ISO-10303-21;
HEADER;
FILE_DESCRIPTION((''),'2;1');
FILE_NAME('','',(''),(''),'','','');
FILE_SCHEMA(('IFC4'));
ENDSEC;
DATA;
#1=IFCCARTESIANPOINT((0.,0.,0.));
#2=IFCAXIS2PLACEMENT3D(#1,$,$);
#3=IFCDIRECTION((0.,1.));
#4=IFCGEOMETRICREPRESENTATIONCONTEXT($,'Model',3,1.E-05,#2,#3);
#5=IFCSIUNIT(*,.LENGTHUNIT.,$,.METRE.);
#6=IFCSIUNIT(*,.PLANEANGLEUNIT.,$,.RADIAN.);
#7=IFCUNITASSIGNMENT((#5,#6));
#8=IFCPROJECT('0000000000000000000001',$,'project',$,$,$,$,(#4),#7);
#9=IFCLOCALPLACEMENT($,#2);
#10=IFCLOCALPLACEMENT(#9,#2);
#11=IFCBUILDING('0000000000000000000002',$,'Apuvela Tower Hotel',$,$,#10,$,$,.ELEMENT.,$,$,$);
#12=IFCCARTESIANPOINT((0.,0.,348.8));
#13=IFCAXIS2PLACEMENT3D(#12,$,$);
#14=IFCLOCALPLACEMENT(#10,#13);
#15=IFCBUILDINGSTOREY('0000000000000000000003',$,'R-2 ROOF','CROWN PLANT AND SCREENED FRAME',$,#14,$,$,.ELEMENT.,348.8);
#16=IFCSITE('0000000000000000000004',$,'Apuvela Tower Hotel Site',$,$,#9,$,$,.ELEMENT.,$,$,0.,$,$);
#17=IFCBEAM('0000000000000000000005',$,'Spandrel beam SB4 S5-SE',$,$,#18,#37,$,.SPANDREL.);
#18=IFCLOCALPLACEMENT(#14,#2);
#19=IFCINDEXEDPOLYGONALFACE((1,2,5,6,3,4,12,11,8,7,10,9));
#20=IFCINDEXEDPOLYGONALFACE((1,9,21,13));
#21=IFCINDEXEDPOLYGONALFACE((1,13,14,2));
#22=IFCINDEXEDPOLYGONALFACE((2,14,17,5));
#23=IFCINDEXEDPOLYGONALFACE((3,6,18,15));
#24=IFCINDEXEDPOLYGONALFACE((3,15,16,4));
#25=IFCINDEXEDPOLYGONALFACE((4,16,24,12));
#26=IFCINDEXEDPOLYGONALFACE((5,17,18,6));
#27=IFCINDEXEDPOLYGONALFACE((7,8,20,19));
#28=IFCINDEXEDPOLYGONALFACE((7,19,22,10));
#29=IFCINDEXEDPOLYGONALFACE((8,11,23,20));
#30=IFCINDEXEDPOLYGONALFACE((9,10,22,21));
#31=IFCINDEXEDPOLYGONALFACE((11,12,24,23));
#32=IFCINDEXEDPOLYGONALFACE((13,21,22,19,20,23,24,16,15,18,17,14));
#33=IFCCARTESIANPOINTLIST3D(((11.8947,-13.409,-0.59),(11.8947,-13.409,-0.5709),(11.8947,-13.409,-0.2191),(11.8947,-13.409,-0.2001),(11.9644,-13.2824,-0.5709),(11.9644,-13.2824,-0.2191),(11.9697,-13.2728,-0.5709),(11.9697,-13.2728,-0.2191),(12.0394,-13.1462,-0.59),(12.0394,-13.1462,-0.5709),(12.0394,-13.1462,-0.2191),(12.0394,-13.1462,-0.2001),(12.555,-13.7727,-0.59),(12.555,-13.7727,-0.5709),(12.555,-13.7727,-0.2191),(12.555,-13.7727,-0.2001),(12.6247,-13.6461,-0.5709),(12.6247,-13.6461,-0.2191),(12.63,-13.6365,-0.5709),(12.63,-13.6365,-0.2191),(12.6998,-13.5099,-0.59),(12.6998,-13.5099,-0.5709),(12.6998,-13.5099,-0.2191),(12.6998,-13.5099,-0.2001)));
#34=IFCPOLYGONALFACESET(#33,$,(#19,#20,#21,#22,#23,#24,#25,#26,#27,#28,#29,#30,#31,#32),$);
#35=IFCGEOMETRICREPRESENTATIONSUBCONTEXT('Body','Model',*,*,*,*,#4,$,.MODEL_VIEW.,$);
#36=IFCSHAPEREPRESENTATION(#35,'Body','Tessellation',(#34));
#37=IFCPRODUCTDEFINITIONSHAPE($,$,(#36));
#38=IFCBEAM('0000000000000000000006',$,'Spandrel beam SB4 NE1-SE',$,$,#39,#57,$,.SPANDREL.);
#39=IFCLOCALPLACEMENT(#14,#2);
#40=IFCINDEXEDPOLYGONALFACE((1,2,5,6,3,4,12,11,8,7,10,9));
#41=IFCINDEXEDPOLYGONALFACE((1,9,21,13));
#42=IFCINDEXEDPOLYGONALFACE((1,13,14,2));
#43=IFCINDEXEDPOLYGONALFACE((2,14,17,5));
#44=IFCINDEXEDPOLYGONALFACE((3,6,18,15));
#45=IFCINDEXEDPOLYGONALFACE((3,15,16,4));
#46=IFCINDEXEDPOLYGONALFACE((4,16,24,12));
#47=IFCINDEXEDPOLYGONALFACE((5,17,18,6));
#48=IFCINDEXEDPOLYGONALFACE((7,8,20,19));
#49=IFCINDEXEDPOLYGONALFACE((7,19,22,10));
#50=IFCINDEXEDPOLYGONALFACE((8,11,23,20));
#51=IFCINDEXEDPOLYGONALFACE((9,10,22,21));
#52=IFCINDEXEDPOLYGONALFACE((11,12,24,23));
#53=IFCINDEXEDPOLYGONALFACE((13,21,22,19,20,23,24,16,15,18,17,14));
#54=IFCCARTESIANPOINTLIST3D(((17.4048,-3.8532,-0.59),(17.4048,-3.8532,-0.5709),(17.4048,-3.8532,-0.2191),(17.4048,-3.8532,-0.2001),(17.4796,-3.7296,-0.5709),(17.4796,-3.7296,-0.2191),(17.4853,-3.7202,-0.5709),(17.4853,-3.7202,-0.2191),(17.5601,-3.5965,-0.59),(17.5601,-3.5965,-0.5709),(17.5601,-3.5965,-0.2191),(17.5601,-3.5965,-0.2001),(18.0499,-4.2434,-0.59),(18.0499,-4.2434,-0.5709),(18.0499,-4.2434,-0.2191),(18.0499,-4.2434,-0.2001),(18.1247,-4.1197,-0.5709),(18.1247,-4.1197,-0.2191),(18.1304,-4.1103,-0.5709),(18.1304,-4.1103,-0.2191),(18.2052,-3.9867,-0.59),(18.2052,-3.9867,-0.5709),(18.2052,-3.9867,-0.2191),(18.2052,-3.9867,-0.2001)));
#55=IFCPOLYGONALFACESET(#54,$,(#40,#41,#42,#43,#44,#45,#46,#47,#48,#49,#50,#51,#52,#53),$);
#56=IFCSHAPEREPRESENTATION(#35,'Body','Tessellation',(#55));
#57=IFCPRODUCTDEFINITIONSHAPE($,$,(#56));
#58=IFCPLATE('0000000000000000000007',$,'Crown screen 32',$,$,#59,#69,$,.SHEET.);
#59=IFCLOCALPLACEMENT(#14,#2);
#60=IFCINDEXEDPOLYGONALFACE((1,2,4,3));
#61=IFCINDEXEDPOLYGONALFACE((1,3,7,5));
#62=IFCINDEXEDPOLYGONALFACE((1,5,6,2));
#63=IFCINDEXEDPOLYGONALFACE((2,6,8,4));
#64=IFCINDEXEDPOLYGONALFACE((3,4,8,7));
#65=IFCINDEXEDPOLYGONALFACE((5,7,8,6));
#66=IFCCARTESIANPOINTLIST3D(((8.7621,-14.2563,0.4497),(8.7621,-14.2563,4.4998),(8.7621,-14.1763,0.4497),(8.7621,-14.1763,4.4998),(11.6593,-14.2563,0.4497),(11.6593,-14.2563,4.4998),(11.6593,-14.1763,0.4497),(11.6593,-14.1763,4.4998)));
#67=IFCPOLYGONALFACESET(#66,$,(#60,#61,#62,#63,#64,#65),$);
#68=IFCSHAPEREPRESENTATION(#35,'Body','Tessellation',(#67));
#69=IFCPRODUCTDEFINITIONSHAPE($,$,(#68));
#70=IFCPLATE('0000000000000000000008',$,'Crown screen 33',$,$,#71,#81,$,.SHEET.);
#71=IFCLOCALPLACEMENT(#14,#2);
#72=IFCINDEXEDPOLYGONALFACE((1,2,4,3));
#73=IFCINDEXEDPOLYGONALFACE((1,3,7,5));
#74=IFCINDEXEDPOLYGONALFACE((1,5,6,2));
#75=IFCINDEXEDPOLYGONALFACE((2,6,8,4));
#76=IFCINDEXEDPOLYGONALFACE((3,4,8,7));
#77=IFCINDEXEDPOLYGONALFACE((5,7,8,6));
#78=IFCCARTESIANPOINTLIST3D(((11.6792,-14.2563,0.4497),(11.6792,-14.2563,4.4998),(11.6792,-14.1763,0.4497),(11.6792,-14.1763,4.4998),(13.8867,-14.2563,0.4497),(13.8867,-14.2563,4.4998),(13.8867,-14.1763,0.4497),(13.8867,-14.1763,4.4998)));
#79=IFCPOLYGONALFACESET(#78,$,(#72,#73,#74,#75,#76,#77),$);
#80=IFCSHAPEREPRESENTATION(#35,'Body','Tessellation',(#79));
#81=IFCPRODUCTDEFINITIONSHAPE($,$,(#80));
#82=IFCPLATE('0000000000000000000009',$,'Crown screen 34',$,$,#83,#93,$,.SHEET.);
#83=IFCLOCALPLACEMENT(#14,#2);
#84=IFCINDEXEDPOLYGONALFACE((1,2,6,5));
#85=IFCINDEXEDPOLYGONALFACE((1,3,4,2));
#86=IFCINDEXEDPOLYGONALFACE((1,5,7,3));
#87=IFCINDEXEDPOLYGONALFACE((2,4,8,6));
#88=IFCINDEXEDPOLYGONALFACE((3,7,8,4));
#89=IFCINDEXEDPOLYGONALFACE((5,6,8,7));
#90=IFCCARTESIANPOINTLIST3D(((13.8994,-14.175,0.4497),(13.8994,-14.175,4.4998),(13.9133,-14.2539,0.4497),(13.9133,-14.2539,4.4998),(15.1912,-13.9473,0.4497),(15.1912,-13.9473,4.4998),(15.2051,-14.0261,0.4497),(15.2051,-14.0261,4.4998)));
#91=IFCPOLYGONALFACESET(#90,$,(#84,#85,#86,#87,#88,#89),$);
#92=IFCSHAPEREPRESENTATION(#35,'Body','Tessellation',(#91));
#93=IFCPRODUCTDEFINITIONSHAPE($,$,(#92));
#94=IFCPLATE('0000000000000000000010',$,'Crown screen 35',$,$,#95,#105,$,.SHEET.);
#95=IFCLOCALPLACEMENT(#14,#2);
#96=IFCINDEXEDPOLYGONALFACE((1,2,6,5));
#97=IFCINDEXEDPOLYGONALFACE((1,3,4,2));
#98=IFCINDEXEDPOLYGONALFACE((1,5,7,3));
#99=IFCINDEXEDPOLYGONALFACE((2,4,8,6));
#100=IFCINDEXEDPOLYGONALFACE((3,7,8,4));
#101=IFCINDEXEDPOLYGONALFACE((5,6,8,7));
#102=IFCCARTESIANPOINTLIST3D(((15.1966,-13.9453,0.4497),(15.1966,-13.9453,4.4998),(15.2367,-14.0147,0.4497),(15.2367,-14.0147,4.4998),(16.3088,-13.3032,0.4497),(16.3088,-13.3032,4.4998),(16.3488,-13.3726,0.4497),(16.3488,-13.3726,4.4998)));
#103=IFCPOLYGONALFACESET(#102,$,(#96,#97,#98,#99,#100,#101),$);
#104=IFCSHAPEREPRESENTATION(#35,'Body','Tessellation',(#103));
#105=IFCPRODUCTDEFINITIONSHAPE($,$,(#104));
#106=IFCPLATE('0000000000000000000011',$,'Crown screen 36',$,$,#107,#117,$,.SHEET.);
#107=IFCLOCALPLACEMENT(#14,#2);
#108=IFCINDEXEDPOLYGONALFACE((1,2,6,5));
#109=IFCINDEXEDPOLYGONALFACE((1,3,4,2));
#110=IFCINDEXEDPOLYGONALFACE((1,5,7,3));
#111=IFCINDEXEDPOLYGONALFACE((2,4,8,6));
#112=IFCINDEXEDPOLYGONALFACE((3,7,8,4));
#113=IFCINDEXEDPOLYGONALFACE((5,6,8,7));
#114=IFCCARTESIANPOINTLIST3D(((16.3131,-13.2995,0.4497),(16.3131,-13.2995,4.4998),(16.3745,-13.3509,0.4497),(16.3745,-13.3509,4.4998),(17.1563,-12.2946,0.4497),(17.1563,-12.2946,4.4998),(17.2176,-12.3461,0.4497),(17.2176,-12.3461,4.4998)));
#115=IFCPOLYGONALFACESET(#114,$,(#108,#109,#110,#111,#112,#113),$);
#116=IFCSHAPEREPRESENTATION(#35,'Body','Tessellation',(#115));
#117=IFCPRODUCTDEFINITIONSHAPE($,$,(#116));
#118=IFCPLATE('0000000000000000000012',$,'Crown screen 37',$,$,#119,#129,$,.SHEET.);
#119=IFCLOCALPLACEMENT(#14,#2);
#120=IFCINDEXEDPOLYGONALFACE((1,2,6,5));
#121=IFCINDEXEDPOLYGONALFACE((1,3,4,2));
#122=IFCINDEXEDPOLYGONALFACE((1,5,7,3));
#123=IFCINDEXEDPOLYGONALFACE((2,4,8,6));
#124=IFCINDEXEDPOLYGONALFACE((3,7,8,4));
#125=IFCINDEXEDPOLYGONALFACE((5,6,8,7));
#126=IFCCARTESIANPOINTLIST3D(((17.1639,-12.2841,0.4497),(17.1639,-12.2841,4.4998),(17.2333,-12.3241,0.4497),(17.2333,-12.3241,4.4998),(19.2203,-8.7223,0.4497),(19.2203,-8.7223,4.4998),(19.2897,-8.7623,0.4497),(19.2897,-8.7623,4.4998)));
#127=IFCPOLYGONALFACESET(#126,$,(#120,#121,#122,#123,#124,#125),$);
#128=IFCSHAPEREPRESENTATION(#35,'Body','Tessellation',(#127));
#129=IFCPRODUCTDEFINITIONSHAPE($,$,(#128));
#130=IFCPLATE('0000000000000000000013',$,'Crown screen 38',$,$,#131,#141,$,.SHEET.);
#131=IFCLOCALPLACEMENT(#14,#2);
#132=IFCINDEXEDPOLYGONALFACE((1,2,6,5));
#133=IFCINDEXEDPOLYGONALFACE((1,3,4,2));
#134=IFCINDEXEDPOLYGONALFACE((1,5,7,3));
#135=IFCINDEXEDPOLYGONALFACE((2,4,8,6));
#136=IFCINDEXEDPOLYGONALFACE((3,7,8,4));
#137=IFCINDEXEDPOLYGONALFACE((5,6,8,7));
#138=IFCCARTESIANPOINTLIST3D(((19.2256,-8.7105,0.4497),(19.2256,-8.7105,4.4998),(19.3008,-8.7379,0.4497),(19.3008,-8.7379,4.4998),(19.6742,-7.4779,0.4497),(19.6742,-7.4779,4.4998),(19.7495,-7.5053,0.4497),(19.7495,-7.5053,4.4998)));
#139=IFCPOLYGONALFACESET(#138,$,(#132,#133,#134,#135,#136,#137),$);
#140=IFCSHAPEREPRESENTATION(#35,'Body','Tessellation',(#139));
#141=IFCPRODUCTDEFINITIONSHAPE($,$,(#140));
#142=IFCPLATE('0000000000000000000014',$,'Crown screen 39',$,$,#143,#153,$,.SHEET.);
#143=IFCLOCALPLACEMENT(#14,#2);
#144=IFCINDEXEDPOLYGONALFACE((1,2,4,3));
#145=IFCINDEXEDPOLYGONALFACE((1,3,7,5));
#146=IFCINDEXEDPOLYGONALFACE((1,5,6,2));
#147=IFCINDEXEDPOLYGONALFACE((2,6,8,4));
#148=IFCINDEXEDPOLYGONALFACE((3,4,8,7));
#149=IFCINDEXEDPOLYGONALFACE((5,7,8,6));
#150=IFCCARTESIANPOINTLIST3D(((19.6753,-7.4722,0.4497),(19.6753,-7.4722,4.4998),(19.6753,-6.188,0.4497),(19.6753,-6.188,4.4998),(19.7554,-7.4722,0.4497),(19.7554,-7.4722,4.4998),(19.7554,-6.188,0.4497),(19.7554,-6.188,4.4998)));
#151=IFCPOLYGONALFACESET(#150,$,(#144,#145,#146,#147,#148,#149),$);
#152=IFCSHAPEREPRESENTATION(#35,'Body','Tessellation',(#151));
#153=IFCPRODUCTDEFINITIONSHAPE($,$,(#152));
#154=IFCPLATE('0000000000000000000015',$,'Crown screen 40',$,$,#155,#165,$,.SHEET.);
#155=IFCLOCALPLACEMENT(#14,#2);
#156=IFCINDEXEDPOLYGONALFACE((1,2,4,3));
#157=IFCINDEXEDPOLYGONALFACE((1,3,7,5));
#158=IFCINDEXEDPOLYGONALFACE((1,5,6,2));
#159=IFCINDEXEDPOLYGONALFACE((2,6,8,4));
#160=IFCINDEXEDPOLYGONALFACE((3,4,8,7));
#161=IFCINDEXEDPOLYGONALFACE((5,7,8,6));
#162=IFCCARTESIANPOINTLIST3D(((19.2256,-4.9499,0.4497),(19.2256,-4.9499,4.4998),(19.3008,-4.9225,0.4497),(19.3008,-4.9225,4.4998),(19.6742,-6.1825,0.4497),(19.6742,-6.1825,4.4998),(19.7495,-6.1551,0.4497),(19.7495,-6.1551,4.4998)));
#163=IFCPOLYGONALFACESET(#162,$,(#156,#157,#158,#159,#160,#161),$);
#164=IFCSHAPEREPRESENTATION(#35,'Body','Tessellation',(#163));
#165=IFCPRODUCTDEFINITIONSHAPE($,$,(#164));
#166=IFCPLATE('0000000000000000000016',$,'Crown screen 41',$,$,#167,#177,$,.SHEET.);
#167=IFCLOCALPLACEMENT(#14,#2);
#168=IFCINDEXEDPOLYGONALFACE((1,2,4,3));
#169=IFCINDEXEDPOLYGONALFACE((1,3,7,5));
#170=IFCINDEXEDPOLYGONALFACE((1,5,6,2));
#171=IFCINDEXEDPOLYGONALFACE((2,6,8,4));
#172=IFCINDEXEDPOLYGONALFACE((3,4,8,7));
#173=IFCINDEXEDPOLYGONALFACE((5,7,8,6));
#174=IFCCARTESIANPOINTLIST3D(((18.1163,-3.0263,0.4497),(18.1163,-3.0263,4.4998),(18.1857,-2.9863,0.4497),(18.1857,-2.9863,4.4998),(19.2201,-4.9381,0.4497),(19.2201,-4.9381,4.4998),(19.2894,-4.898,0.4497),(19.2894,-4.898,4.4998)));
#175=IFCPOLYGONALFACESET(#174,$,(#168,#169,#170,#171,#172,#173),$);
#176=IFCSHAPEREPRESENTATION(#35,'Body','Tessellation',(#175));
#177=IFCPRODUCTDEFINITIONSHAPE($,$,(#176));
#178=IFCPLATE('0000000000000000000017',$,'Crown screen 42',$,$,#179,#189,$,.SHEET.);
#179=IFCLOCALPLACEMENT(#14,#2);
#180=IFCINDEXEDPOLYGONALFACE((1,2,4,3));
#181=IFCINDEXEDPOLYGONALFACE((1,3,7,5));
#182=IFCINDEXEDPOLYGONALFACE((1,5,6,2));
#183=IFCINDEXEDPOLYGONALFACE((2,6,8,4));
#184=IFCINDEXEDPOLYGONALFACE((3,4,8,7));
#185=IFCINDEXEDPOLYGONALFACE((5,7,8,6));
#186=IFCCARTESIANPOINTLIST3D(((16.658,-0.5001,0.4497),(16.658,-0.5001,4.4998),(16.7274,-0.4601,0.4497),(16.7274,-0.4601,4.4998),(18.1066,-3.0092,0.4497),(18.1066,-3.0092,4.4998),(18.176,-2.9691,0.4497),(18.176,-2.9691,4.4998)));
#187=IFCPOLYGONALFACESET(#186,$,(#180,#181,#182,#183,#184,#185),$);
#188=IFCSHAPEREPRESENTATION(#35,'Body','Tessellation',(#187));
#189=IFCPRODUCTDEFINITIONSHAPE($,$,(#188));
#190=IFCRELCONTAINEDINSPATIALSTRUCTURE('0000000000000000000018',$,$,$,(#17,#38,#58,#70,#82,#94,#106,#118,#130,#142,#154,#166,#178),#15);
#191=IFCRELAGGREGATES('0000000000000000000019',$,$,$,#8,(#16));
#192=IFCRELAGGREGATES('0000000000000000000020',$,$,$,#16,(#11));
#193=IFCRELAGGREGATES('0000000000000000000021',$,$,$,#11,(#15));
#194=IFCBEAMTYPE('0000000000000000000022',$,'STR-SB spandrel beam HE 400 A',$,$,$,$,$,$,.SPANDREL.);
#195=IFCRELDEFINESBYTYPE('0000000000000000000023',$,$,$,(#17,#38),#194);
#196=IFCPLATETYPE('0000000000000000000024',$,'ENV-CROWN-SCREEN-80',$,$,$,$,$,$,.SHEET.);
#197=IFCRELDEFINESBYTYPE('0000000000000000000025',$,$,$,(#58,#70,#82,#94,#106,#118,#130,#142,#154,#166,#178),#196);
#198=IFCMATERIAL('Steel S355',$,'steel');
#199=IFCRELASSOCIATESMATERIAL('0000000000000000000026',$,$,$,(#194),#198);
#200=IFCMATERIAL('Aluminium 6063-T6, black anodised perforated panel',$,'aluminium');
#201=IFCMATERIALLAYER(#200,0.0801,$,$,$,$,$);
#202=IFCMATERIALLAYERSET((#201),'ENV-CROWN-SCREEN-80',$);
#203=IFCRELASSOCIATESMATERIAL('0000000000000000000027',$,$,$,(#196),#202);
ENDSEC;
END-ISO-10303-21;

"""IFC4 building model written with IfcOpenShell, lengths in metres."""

from ifc_helpers import new_model, si_unit, direction, frame, origin, origin_2d, place, context, subcontext, project, spatial, rectangle, i_section, extrude, material, layer, layer_set, material_profile, profile_set, type_object, element, save


model = new_model("IFC4")

# Units and contexts
model_context = context("Model", 3, precision=1e-05, world=origin(), true_north=direction((0.0, 1.0)))
body_context = subcontext(model_context, "Body", "Model", "MODEL_VIEW")
ifc_project = project(units=[si_unit("LENGTHUNIT", "METRE"), si_unit("PLANEANGLEUNIT", "RADIAN")], contexts=[model_context])

# Site, building, storey
site_placement = place(None, origin())
site = spatial("IfcSite", under=ifc_project, at=site_placement, Name="Apuvela Tower Hotel Site", CompositionType="ELEMENT", RefElevation=0.0)
building_placement = place(site_placement, origin())
building = spatial("IfcBuilding", under=site, at=building_placement, Name="Apuvela Tower Hotel", CompositionType="ELEMENT")
storey_placement = place(building_placement, frame((0.0, 0.0, 348.8)))
storey = spatial("IfcBuildingStorey", under=building, at=storey_placement, Name="R-2 ROOF", Description="CROWN PLANT AND SCREENED FRAME", CompositionType="ELEMENT", Elevation=348.8)

# Beams
ifc_material_1 = material(Name="Steel S355", Category="steel")
ifc_material_profile_1 = material_profile(ifc_material_1, i_section(OverallWidth=0.3, OverallDepth=0.3899, WebThickness=0.011, FlangeThickness=0.019, at=origin_2d()), Name="HE 400 A")
ifc_profile_set_1 = profile_set([ifc_material_profile_1], Name="Steel S355")
beam_type_1 = type_object("IfcBeamType", Name="STR-SB spandrel beam HE 400 A", PredefinedType="SPANDREL", material=ifc_profile_set_1)
for number, where, z_axis, x_axis, name in (
    (1, (11.967, -13.2776, -0.395), (0.875908, -0.482478, 0.0), (0.482478, 0.875908, 0.0), "Spandrel beam SB4 S5-SE"),
    (2, (17.4824, -3.7249, -0.395), (0.855659, -0.517541, 0.0), (0.517541, 0.855659, 0.0), "Spandrel beam SB4 NE1-SE"),
):
    element("IfcBeam", number, at=place(storey_placement, frame(where, z_axis=z_axis, x_axis=x_axis)), inside=storey, type_object=beam_type_1, Name=name, PredefinedType="SPANDREL", context=body_context, shape_type="SweptSolid", body=[
        extrude(i_section(OverallWidth=0.3, OverallDepth=0.3899, WebThickness=0.011, FlangeThickness=0.019, at=origin_2d()), origin(), (0.0, 0.0, 1.0), 0.7539),
    ])

# Plates
ifc_material_2 = material(Name="Aluminium 6063-T6, black anodised perforated panel", Category="aluminium")
ifc_layer_1 = layer(ifc_material_2, 0.0801)
ifc_layer_set_1 = layer_set([ifc_layer_1], Name="ENV-CROWN-SCREEN-80")
plate_type = type_object("IfcPlateType", Name="ENV-CROWN-SCREEN-80", PredefinedType="SHEET", material=ifc_layer_set_1)
plate_1_placement = place(storey_placement, frame((10.2107, -14.2163, 0.4497), z_axis=(0.0, 0.0, 1.0), x_axis=(1.0, 0.0, 0.0)))
element("IfcPlate", 3, at=plate_1_placement, inside=storey, type_object=plate_type, Name="Crown screen 32", PredefinedType="SHEET", context=body_context, shape_type="SweptSolid", body=[
    extrude(rectangle(XDim=2.8972, YDim=0.0801, at=origin_2d()), origin(), (0.0, 0.0, 1.0), 4.05),
])
plate_2_placement = place(storey_placement, frame((12.783, -14.2163, 0.4497), z_axis=(0.0, 0.0, 1.0), x_axis=(1.0, 0.0, 0.0)))
element("IfcPlate", 4, at=plate_2_placement, inside=storey, type_object=plate_type, Name="Crown screen 33", PredefinedType="SHEET", context=body_context, shape_type="SweptSolid", body=[
    extrude(rectangle(XDim=2.2075, YDim=0.0801, at=origin_2d()), origin(), (0.0, 0.0, 1.0), 4.05),
])
plate_3_placement = place(storey_placement, frame((14.5522, -14.1006, 0.4497), z_axis=(0.0, 0.0, 1.0), x_axis=(0.984808, 0.173648, 0.0)))
element("IfcPlate", 5, at=plate_3_placement, inside=storey, type_object=plate_type, Name="Crown screen 34", PredefinedType="SHEET", context=body_context, shape_type="SweptSolid", body=[
    extrude(rectangle(XDim=1.3118, YDim=0.0801, at=origin_2d()), origin(), (0.0, 0.0, 1.0), 4.05),
])
plate_4_placement = place(storey_placement, frame((15.7727, -13.6589, 0.4497), z_axis=(0.0, 0.0, 1.0), x_axis=(0.866025, 0.5, 0.0)))
element("IfcPlate", 6, at=plate_4_placement, inside=storey, type_object=plate_type, Name="Crown screen 35", PredefinedType="SHEET", context=body_context, shape_type="SweptSolid", body=[
    extrude(rectangle(XDim=1.2842, YDim=0.0801, at=origin_2d()), origin(), (0.0, 0.0, 1.0), 4.05),
])
plate_5_placement = place(storey_placement, frame((16.7654, -12.8228, 0.4497), z_axis=(0.0, 0.0, 1.0), x_axis=(0.642788, 0.766044, 0.0)))
element("IfcPlate", 7, at=plate_5_placement, inside=storey, type_object=plate_type, Name="Crown screen 36", PredefinedType="SHEET", context=body_context, shape_type="SweptSolid", body=[
    extrude(rectangle(XDim=1.3118, YDim=0.0801, at=origin_2d()), origin(), (0.0, 0.0, 1.0), 4.05),
])
plate_6_placement = place(storey_placement, frame((18.2268, -10.5232, 0.4497), z_axis=(0.0, 0.0, 1.0), x_axis=(0.5, 0.866025, 0.0)))
element("IfcPlate", 8, at=plate_6_placement, inside=storey, type_object=plate_type, Name="Crown screen 37", PredefinedType="SHEET", context=body_context, shape_type="SweptSolid", body=[
    extrude(rectangle(XDim=4.1128, YDim=0.0801, at=origin_2d()), origin(), (0.0, 0.0, 1.0), 4.05),
])
plate_7_placement = place(storey_placement, frame((19.4875, -8.1079, 0.4497), z_axis=(0.0, 0.0, 1.0), x_axis=(0.34202, 0.939693, 0.0)))
element("IfcPlate", 9, at=plate_7_placement, inside=storey, type_object=plate_type, Name="Crown screen 38", PredefinedType="SHEET", context=body_context, shape_type="SweptSolid", body=[
    extrude(rectangle(XDim=1.3118, YDim=0.0801, at=origin_2d()), origin(), (0.0, 0.0, 1.0), 4.05),
])
plate_8_placement = place(storey_placement, frame((19.7153, -6.8301, 0.4497), z_axis=(0.0, 0.0, 1.0), x_axis=(0.0, 1.0, 0.0)))
element("IfcPlate", 10, at=plate_8_placement, inside=storey, type_object=plate_type, Name="Crown screen 39", PredefinedType="SHEET", context=body_context, shape_type="SweptSolid", body=[
    extrude(rectangle(XDim=1.2842, YDim=0.0801, at=origin_2d()), origin(), (0.0, 0.0, 1.0), 4.05),
])
plate_9_placement = place(storey_placement, frame((19.4875, -5.5525, 0.4497), z_axis=(0.0, 0.0, 1.0), x_axis=(-0.34202, 0.939693, 0.0)))
element("IfcPlate", 11, at=plate_9_placement, inside=storey, type_object=plate_type, Name="Crown screen 40", PredefinedType="SHEET", context=body_context, shape_type="SweptSolid", body=[
    extrude(rectangle(XDim=1.3118, YDim=0.0801, at=origin_2d()), origin(), (0.0, 0.0, 1.0), 4.05),
])
plate_10_placement = place(storey_placement, frame((18.7029, -3.9622, 0.4497), z_axis=(0.0, 0.0, 1.0), x_axis=(-0.5, 0.866025, 0.0)))
element("IfcPlate", 12, at=plate_10_placement, inside=storey, type_object=plate_type, Name="Crown screen 41", PredefinedType="SHEET", context=body_context, shape_type="SweptSolid", body=[
    extrude(rectangle(XDim=2.2075, YDim=0.0801, at=origin_2d()), origin(), (0.0, 0.0, 1.0), 4.05),
])
plate_11_placement = place(storey_placement, frame((17.417, -1.7346, 0.4497), z_axis=(0.0, 0.0, 1.0), x_axis=(-0.5, 0.866025, 0.0)))
element("IfcPlate", 13, at=plate_11_placement, inside=storey, type_object=plate_type, Name="Crown screen 42", PredefinedType="SHEET", context=body_context, shape_type="SweptSolid", body=[
    extrude(rectangle(XDim=2.8972, YDim=0.0801, at=origin_2d()), origin(), (0.0, 0.0, 1.0), 4.05),
])

save(model, "model.ifc")
